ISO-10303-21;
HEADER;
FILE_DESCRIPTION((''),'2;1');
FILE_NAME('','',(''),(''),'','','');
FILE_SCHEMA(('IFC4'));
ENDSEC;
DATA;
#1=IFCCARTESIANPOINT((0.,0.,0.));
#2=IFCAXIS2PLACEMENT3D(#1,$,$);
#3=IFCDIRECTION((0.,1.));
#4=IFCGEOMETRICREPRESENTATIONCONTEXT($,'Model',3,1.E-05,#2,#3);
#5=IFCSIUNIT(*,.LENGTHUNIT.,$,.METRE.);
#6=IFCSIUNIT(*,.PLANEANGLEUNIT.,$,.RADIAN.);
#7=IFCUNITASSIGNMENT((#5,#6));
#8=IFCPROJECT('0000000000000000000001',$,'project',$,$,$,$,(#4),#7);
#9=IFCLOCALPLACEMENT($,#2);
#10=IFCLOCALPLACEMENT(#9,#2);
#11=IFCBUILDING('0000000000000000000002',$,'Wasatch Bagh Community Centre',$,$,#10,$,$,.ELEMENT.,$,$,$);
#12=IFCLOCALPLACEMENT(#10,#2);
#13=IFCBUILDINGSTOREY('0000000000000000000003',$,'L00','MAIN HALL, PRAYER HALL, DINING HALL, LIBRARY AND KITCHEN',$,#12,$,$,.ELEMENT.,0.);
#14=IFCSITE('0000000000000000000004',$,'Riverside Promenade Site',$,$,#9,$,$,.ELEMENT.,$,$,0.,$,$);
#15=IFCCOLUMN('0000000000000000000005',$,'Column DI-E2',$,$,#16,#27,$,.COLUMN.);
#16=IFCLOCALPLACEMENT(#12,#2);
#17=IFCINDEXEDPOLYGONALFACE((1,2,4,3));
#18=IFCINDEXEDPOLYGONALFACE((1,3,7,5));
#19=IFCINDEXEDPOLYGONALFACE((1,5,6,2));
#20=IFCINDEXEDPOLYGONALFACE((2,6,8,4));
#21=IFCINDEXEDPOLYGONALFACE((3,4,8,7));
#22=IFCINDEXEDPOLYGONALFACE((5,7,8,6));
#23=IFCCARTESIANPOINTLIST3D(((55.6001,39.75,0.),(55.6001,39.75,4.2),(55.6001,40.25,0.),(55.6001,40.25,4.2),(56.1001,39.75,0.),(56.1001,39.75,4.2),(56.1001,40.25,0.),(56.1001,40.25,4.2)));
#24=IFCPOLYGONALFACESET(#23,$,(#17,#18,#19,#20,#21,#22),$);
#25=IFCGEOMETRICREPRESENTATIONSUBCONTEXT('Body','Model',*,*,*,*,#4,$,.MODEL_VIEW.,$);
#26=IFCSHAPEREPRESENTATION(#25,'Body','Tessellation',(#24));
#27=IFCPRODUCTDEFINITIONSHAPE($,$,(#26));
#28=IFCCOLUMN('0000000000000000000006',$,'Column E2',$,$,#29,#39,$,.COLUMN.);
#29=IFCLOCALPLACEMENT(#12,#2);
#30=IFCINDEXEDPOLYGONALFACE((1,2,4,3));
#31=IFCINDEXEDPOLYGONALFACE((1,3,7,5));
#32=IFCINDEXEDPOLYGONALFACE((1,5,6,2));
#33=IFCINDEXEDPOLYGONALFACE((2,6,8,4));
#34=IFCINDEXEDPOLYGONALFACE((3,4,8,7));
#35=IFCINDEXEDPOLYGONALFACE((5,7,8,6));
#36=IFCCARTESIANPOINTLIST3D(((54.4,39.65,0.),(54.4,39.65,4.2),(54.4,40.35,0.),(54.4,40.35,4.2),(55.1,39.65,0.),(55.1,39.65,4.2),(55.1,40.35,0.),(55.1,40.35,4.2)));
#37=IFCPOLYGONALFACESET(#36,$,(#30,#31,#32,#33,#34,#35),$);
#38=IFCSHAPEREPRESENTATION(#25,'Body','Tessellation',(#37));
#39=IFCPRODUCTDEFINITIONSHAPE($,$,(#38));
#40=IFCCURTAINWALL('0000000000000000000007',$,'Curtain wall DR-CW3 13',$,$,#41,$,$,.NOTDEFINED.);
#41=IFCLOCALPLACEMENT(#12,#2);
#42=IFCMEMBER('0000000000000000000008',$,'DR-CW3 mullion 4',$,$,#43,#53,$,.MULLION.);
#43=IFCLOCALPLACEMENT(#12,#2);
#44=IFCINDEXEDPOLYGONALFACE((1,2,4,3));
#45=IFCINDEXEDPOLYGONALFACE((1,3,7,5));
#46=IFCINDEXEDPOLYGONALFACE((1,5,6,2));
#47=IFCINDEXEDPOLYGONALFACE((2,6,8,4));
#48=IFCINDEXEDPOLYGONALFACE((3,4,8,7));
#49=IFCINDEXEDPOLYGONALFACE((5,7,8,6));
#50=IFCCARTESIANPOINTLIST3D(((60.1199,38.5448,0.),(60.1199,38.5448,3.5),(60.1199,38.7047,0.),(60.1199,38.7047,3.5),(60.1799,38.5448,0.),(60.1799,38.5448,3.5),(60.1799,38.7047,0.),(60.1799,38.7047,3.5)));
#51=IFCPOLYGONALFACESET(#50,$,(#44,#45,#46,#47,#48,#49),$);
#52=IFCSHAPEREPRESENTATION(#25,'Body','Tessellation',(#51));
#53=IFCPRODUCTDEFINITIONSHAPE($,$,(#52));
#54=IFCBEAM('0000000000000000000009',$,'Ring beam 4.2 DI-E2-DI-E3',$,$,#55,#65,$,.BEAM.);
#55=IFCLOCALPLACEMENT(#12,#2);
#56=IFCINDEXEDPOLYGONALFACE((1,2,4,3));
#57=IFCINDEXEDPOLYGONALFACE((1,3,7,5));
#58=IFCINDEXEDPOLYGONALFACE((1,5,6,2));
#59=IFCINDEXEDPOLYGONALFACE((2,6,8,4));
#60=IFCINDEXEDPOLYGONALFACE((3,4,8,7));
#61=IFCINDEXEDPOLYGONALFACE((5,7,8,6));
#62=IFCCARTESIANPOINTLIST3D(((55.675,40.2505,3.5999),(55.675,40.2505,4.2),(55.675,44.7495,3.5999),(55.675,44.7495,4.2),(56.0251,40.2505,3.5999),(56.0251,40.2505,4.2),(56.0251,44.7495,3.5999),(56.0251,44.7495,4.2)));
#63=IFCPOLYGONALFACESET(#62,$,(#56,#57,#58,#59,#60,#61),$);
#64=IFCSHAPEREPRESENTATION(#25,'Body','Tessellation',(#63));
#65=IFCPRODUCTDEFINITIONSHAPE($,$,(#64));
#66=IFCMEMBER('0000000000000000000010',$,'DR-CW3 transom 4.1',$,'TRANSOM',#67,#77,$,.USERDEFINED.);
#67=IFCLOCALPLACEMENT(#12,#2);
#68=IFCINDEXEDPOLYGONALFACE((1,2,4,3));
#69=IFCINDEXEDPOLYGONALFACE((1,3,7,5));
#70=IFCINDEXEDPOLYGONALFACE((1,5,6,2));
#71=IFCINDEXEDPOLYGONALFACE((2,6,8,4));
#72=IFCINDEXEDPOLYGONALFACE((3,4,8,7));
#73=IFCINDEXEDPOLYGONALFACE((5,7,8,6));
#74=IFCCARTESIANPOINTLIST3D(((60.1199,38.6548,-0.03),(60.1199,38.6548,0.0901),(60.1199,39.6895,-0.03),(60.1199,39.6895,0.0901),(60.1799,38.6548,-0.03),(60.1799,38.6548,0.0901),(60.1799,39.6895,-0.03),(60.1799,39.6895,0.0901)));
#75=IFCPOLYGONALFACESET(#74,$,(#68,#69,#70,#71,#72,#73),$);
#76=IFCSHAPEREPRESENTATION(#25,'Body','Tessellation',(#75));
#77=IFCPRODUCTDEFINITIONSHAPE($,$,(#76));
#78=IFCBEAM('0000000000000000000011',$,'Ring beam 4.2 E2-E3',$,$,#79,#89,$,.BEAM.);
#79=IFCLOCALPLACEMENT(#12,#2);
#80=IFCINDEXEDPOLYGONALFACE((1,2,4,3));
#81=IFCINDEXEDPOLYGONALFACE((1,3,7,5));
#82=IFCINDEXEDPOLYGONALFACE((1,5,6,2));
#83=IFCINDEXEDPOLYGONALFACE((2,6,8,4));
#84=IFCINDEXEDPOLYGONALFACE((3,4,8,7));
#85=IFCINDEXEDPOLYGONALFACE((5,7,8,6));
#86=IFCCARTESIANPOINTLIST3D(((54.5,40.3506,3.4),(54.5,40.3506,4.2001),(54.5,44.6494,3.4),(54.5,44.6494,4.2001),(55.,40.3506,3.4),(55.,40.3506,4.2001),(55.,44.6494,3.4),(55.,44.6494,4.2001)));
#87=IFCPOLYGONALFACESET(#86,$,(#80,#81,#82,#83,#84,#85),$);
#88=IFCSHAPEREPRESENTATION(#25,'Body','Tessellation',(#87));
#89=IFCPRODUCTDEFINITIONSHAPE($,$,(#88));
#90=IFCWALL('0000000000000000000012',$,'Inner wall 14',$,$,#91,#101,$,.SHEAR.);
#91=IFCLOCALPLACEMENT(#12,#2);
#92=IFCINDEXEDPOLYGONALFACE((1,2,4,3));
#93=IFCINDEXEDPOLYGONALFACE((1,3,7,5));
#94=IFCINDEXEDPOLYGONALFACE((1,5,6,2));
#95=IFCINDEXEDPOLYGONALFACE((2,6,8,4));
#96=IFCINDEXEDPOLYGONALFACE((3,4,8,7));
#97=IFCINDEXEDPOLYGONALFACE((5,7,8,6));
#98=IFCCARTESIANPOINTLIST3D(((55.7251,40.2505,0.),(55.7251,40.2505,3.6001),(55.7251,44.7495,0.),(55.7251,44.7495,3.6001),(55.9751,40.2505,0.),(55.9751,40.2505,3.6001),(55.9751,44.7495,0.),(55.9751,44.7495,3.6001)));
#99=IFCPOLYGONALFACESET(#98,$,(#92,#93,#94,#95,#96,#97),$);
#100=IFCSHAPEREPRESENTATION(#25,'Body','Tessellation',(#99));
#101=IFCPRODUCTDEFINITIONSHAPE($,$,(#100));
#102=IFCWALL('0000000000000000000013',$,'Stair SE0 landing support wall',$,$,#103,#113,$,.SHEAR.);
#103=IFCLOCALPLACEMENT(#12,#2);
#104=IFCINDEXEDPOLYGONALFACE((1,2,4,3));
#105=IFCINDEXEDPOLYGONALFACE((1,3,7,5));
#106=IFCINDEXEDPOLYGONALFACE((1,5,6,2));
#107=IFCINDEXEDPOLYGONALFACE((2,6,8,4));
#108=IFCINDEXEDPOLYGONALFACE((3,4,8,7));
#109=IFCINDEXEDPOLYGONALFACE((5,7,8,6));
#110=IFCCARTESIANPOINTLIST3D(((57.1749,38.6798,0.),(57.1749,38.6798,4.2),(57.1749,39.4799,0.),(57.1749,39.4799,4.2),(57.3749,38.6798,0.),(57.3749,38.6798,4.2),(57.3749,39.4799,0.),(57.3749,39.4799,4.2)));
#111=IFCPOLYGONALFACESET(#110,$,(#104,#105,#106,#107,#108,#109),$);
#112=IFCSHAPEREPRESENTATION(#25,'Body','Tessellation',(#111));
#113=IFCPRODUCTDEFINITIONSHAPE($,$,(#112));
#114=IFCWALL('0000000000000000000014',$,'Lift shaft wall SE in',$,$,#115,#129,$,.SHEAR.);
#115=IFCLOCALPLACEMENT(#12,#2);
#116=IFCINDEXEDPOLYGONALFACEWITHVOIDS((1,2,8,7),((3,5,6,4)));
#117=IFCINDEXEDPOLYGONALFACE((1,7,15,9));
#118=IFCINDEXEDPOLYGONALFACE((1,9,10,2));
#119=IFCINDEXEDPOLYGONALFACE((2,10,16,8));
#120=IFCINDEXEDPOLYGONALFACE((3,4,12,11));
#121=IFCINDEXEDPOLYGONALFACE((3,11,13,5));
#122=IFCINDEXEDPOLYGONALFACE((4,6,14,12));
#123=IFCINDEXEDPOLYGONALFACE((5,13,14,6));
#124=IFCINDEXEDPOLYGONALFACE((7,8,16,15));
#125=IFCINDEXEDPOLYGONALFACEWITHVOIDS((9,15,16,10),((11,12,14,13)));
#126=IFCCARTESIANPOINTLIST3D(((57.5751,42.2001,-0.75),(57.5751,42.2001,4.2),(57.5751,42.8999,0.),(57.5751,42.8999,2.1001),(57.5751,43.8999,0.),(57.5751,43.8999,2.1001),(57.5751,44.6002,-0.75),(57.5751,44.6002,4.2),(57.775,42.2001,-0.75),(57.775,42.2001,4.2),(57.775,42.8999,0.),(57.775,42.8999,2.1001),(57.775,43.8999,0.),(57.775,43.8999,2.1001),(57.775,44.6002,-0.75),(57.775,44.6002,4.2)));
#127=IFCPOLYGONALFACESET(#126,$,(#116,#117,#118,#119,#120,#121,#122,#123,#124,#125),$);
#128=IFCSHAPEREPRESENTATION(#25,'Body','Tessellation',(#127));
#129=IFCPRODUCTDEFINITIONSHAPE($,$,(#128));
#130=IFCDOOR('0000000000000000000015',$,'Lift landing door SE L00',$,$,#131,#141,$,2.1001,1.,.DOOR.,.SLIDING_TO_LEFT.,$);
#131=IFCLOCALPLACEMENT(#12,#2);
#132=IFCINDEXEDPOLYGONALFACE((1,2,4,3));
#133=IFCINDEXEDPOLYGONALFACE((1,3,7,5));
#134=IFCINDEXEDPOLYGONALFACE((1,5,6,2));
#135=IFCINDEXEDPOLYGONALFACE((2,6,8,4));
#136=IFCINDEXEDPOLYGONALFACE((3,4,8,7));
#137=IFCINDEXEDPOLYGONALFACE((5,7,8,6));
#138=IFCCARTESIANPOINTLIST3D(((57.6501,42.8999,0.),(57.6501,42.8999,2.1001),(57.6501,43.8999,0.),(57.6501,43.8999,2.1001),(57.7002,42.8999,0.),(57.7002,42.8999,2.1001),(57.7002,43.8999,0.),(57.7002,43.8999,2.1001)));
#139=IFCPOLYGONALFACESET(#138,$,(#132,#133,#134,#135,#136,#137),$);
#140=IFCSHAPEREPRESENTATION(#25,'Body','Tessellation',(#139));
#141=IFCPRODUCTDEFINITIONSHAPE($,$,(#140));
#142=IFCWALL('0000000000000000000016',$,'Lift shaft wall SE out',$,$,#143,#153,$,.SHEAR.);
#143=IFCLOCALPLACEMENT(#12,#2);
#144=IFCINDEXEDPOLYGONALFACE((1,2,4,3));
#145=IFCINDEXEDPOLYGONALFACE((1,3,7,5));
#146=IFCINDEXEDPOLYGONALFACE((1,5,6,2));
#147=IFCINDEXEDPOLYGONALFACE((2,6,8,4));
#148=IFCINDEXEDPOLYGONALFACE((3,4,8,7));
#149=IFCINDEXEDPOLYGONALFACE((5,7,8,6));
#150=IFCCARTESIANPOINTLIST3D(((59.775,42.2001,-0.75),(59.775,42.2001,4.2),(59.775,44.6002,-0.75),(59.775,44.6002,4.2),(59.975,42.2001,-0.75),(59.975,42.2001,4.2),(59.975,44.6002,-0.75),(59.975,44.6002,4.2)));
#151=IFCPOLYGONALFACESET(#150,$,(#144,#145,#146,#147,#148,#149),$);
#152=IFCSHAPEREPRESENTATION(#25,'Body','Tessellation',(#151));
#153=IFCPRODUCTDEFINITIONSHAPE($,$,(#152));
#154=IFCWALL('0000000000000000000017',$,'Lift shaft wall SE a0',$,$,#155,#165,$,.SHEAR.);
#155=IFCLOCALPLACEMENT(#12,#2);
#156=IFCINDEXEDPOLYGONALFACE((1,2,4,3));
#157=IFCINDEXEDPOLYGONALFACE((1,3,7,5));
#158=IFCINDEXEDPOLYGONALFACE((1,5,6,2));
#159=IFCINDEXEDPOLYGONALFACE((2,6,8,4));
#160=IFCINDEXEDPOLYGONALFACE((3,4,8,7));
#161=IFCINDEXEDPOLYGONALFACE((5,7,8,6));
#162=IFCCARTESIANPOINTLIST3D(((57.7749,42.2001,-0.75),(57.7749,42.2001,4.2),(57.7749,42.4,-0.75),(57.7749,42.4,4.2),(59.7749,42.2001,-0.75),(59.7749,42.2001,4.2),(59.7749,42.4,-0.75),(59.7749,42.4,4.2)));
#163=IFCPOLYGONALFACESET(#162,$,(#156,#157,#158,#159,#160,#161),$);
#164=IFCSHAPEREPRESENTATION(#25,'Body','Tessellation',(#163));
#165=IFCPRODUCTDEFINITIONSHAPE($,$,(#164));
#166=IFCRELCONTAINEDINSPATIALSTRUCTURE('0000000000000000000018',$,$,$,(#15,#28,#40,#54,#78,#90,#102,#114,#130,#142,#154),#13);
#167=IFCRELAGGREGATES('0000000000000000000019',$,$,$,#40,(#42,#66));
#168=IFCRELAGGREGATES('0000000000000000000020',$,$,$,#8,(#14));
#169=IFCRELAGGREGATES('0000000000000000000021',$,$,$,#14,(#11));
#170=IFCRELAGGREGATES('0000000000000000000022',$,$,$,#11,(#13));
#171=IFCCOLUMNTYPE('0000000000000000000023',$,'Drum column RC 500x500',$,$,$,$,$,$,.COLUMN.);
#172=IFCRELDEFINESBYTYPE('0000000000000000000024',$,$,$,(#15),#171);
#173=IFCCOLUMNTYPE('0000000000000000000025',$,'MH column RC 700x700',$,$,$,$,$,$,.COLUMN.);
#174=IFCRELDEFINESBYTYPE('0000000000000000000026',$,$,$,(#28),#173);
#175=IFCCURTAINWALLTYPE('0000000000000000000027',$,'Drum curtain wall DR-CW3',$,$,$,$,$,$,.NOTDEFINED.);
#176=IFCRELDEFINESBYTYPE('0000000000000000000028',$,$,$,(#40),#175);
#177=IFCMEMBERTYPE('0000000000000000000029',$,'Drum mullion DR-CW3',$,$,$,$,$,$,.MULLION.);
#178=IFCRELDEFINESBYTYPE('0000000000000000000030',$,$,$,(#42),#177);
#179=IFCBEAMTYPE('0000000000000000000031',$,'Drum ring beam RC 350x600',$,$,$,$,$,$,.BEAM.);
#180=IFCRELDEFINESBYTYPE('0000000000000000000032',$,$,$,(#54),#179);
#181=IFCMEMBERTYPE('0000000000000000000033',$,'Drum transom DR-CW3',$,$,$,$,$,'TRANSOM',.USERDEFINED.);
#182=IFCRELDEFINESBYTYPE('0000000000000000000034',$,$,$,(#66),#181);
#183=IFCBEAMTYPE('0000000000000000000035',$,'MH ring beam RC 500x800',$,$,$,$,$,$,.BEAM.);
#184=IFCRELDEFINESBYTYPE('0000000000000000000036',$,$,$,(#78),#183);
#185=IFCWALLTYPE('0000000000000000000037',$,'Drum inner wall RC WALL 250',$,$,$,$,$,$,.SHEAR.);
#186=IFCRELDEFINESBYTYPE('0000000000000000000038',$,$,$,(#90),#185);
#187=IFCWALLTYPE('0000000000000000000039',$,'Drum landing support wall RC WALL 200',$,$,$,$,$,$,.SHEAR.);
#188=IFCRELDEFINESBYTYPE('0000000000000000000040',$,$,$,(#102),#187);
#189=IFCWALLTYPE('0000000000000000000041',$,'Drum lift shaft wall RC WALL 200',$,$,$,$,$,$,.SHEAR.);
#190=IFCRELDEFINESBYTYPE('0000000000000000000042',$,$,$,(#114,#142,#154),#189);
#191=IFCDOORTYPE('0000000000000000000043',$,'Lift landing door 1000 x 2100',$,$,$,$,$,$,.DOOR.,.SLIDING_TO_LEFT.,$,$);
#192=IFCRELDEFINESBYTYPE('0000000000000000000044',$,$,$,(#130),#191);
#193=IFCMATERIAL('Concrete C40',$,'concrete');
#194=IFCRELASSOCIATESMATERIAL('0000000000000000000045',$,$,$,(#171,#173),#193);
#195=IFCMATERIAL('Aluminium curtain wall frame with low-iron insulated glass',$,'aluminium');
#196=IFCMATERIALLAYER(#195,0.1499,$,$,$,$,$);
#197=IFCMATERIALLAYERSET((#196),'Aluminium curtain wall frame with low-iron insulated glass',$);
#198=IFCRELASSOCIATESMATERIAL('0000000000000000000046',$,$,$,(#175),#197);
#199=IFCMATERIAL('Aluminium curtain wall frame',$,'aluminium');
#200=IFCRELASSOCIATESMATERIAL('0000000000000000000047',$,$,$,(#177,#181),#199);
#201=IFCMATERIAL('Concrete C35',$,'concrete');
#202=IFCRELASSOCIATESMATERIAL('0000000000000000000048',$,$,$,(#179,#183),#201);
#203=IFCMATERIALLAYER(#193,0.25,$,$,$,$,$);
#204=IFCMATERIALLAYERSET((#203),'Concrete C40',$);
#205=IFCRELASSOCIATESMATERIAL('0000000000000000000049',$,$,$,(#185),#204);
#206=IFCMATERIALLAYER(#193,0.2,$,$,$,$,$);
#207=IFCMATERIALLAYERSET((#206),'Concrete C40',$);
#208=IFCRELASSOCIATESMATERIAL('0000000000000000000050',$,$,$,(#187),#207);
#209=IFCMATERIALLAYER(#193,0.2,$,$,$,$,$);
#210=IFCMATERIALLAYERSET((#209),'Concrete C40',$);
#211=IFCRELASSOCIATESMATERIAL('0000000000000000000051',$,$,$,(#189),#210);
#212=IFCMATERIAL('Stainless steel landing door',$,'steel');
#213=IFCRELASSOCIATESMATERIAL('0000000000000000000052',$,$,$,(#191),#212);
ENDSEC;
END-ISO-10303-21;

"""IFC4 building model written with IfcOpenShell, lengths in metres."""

from ifc_helpers import new_model, si_unit, direction, frame, frame_2d, origin, origin_2d, place, context, subcontext, project, spatial, rectangle, extrude, material, layer, layer_set, material_profile, profile_set, type_object, element, fill, aggregate, save


model = new_model("IFC4")

# Units and contexts
model_context = context("Model", 3, precision=1e-05, world=origin(), true_north=direction((0.0, 1.0)))
body_context = subcontext(model_context, "Body", "Model", "MODEL_VIEW")
ifc_project = project(units=[si_unit("LENGTHUNIT", "METRE"), si_unit("PLANEANGLEUNIT", "RADIAN")], contexts=[model_context])

# Site, building, storey
site_placement = place(None, origin())
site = spatial("IfcSite", under=ifc_project, at=site_placement, Name="Riverside Promenade Site", CompositionType="ELEMENT", RefElevation=0.0)
building_placement = place(site_placement, origin())
building = spatial("IfcBuilding", under=site, at=building_placement, Name="Wasatch Bagh Community Centre", CompositionType="ELEMENT")
storey_placement = place(building_placement, origin())
storey = spatial("IfcBuildingStorey", under=building, at=storey_placement, Name="L00", Description="MAIN HALL, PRAYER HALL, DINING HALL, LIBRARY AND KITCHEN", CompositionType="ELEMENT", Elevation=0.0)

# Shared definitions
ifc_material_1 = material(Name="Concrete C35", Category="concrete")

# Columns
ifc_material_2 = material(Name="Concrete C40", Category="concrete")
ifc_material_profile_1 = material_profile(ifc_material_2, rectangle(XDim=0.5, YDim=0.5, at=origin_2d()), Name="RC 500x500")
ifc_profile_set_1 = profile_set([ifc_material_profile_1], Name="Concrete C40")
column_type_1 = type_object("IfcColumnType", Name="Drum column RC 500x500", PredefinedType="COLUMN", material=ifc_profile_set_1)
column_1_placement = place(storey_placement, frame((55.8501, 40.0, 0.0), z_axis=(0.0, 0.0, 1.0), x_axis=(1.0, 0.0, 0.0)))
element("IfcColumn", 1, at=column_1_placement, inside=storey, type_object=column_type_1, Name="Column DI-E2", PredefinedType="COLUMN", context=body_context, shape_type="SweptSolid", body=[
    extrude(rectangle(XDim=0.5, YDim=0.5, at=origin_2d()), origin(), (0.0, 0.0, 1.0), 4.2),
])
ifc_material_profile_2 = material_profile(ifc_material_2, rectangle(XDim=0.7, YDim=0.7, at=origin_2d()), Name="RC 700x700")
ifc_profile_set_2 = profile_set([ifc_material_profile_2], Name="Concrete C40")
column_type_2 = type_object("IfcColumnType", Name="MH column RC 700x700", PredefinedType="COLUMN", material=ifc_profile_set_2)
column_2_placement = place(storey_placement, frame((54.75, 40.0, 0.0), z_axis=(0.0, 0.0, 1.0), x_axis=(1.0, 0.0, 0.0)))
element("IfcColumn", 2, at=column_2_placement, inside=storey, type_object=column_type_2, Name="Column E2", PredefinedType="COLUMN", context=body_context, shape_type="SweptSolid", body=[
    extrude(rectangle(XDim=0.7, YDim=0.7, at=origin_2d()), origin(), (0.0, 0.0, 1.0), 4.2),
])

# Curtain wall, member
ifc_material_3 = material(Name="Aluminium curtain wall frame with low-iron insulated glass", Category="aluminium")
ifc_layer_1 = layer(ifc_material_3, 0.1499)
ifc_layer_set_1 = layer_set([ifc_layer_1], Name="Aluminium curtain wall frame with low-iron insulated glass")
curtain_wall_type = type_object("IfcCurtainWallType", Name="Drum curtain wall DR-CW3", PredefinedType="NOTDEFINED", material=ifc_layer_set_1)
curtain_wall_placement = place(storey_placement, origin())
curtain_wall = element("IfcCurtainWall", 3, at=curtain_wall_placement, inside=storey, type_object=curtain_wall_type, Name="Curtain wall DR-CW3 13", PredefinedType="NOTDEFINED")
ifc_material_4 = material(Name="Aluminium curtain wall frame", Category="aluminium")
ifc_material_profile_3 = material_profile(ifc_material_4, rectangle(XDim=0.0601, YDim=0.1599, at=origin_2d()), Name="Drum mullion DR-CW3")
ifc_profile_set_3 = profile_set([ifc_material_profile_3], Name="Aluminium curtain wall frame")
member_type_1 = type_object("IfcMemberType", Name="Drum mullion DR-CW3", PredefinedType="MULLION", material=ifc_profile_set_3)
member_1_placement = place(storey_placement, frame((60.1499, 38.6248, 0.0), z_axis=(0.0, 0.0, 1.0), x_axis=(-1.0, 0.0, 0.0)))
member_1 = element("IfcMember", 4, at=member_1_placement, type_object=member_type_1, Name="DR-CW3 mullion 4", PredefinedType="MULLION", context=body_context, shape_type="SweptSolid", body=[
    extrude(rectangle(XDim=0.0601, YDim=0.1599, at=origin_2d()), origin(), (0.0, 0.0, 1.0), 3.5),
])

# Beam
ifc_material_profile_4 = material_profile(ifc_material_1, rectangle(XDim=0.3501, YDim=0.6001, at=origin_2d()), Name="RC 350x600")
ifc_profile_set_4 = profile_set([ifc_material_profile_4], Name="Concrete C35")
beam_type_1 = type_object("IfcBeamType", Name="Drum ring beam RC 350x600", PredefinedType="BEAM", material=ifc_profile_set_4)
beam_1_placement = place(storey_placement, frame((55.8501, 40.2505, 3.8999), z_axis=(0.0, 1.0, 0.0), x_axis=(-1.0, 0.0, 0.0)))
element("IfcBeam", 5, at=beam_1_placement, inside=storey, type_object=beam_type_1, Name="Ring beam 4.2 DI-E2-DI-E3", PredefinedType="BEAM", context=body_context, shape_type="SweptSolid", body=[
    extrude(rectangle(XDim=0.3501, YDim=0.6001, at=origin_2d()), origin(), (0.0, 0.0, 1.0), 4.499),
])

# Member
ifc_material_profile_5 = material_profile(ifc_material_4, rectangle(XDim=0.0601, YDim=0.1201, at=origin_2d()), Name="Drum transom DR-CW3")
ifc_profile_set_5 = profile_set([ifc_material_profile_5], Name="Aluminium curtain wall frame")
member_type_2 = type_object("IfcMemberType", Name="Drum transom DR-CW3", ElementType="TRANSOM", PredefinedType="USERDEFINED", material=ifc_profile_set_5)
member_2_placement = place(storey_placement, frame((60.1499, 38.6548, 0.03), z_axis=(0.0, 1.0, 0.0), x_axis=(-1.0, 0.0, 0.0)))
member_2 = element("IfcMember", 6, at=member_2_placement, type_object=member_type_2, Name="DR-CW3 transom 4.1", ObjectType="TRANSOM", PredefinedType="USERDEFINED", context=body_context, shape_type="SweptSolid", body=[
    extrude(rectangle(XDim=0.0601, YDim=0.1201, at=origin_2d()), origin(), (0.0, 0.0, 1.0), 1.0347),
])
aggregate(curtain_wall, [member_1, member_2])

# Beam
ifc_material_profile_6 = material_profile(ifc_material_1, rectangle(XDim=0.5, YDim=0.8, at=origin_2d()), Name="RC 500x800")
ifc_profile_set_6 = profile_set([ifc_material_profile_6], Name="Concrete C35")
beam_type_2 = type_object("IfcBeamType", Name="MH ring beam RC 500x800", PredefinedType="BEAM", material=ifc_profile_set_6)
beam_2_placement = place(storey_placement, frame((54.75, 40.3506, 3.8), z_axis=(0.0, 1.0, 0.0), x_axis=(-1.0, 0.0, 0.0)))
element("IfcBeam", 7, at=beam_2_placement, inside=storey, type_object=beam_type_2, Name="Ring beam 4.2 E2-E3", PredefinedType="BEAM", context=body_context, shape_type="SweptSolid", body=[
    extrude(rectangle(XDim=0.5, YDim=0.8, at=origin_2d()), origin(), (0.0, 0.0, 1.0), 4.2988),
])

# Walls
ifc_layer_2 = layer(ifc_material_2, 0.25)
ifc_layer_set_2 = layer_set([ifc_layer_2], Name="Concrete C40")
wall_type_1 = type_object("IfcWallType", Name="Drum inner wall RC WALL 250", PredefinedType="SHEAR", material=ifc_layer_set_2)
wall_1_placement = place(storey_placement, frame((55.8501, 40.2505, 0.0), z_axis=(0.0, 0.0, 1.0), x_axis=(0.0, 1.0, 0.0)))
element("IfcWall", 8, at=wall_1_placement, inside=storey, type_object=wall_type_1, Name="Inner wall 14", PredefinedType="SHEAR", context=body_context, shape_type="SweptSolid", body=[
    extrude(rectangle(XDim=4.499, YDim=0.25, at=frame_2d((2.2495, 0.0))), origin(), (0.0, 0.0, 1.0), 3.6001),
])
ifc_layer_3 = layer(ifc_material_2, 0.2)
ifc_layer_set_3 = layer_set([ifc_layer_3], Name="Concrete C40")
wall_type_2 = type_object("IfcWallType", Name="Drum landing support wall RC WALL 200", PredefinedType="SHEAR", material=ifc_layer_set_3)
wall_2_placement = place(storey_placement, frame((57.2749, 38.6799, 0.0), z_axis=(0.0, 0.0, 1.0), x_axis=(0.0, 1.0, 0.0)))
element("IfcWall", 9, at=wall_2_placement, inside=storey, type_object=wall_type_2, Name="Stair SE0 landing support wall", PredefinedType="SHEAR", context=body_context, shape_type="SweptSolid", body=[
    extrude(rectangle(XDim=0.8, YDim=0.2, at=frame_2d((0.3999, 0.0))), origin(), (0.0, 0.0, 1.0), 4.2),
])

# Wall, opening, door
ifc_layer_4 = layer(ifc_material_2, 0.2)
ifc_layer_set_4 = layer_set([ifc_layer_4], Name="Concrete C40")
wall_type_3 = type_object("IfcWallType", Name="Drum lift shaft wall RC WALL 200", PredefinedType="SHEAR", material=ifc_layer_set_4)
wall_3_placement = place(storey_placement, frame((57.675, 42.2, -0.75), z_axis=(0.0, 0.0, 1.0), x_axis=(0.0, 1.0, 0.0)))
wall_3 = element("IfcWall", 10, at=wall_3_placement, inside=storey, type_object=wall_type_3, Name="Lift shaft wall SE in", PredefinedType="SHEAR", context=body_context, shape_type="SweptSolid", body=[
    extrude(rectangle(XDim=2.4001, YDim=0.2, at=frame_2d((1.2002, 0.0))), origin(), (0.0, 0.0, 1.0), 4.95),
])
opening_placement = place(wall_3_placement, frame((0.7, 0.0, 0.75)))
opening = element("IfcOpeningElement", 11, at=opening_placement, cuts=wall_3, PredefinedType="OPENING", context=body_context, shape_type="SweptSolid", body=[
    extrude(rectangle(XDim=1.0, YDim=2.1001, at=frame_2d((0.5, 1.05))), frame((0.0, 0.1099, 0.0), z_axis=(0.0, -1.0, 0.0), x_axis=(1.0, 0.0, 0.0)), (0.0, 0.0, 1.0), 0.22),
])
ifc_material_5 = material(Name="Stainless steel landing door", Category="steel")
door_type = type_object("IfcDoorType", Name="Lift landing door 1000 x 2100", OperationType="SLIDING_TO_LEFT", PredefinedType="DOOR", material=ifc_material_5)
door_placement = place(opening_placement, origin())
door = element("IfcDoor", 12, at=door_placement, inside=storey, type_object=door_type, Name="Lift landing door SE L00", OperationType="SLIDING_TO_LEFT", OverallHeight=2.1001, OverallWidth=1.0, PredefinedType="DOOR", context=body_context, shape_type="SweptSolid", body=[
    extrude(rectangle(XDim=1.0, YDim=2.1001, at=frame_2d((0.5, 1.05))), frame((0.0, 0.0249, 0.0), z_axis=(0.0, -1.0, 0.0), x_axis=(1.0, 0.0, 0.0)), (0.0, 0.0, 1.0), 0.05),
])
fill(opening, door)

# Walls
wall_4_placement = place(storey_placement, frame((59.875, 42.2, -0.75), z_axis=(0.0, 0.0, 1.0), x_axis=(0.0, 1.0, 0.0)))
element("IfcWall", 13, at=wall_4_placement, inside=storey, type_object=wall_type_3, Name="Lift shaft wall SE out", PredefinedType="SHEAR", context=body_context, shape_type="SweptSolid", body=[
    extrude(rectangle(XDim=2.4001, YDim=0.2, at=frame_2d((1.2002, 0.0))), origin(), (0.0, 0.0, 1.0), 4.95),
])
wall_5_placement = place(storey_placement, frame((57.7749, 42.3, -0.75), z_axis=(0.0, 0.0, 1.0), x_axis=(1.0, 0.0, 0.0)))
element("IfcWall", 14, at=wall_5_placement, inside=storey, type_object=wall_type_3, Name="Lift shaft wall SE a0", PredefinedType="SHEAR", context=body_context, shape_type="SweptSolid", body=[
    extrude(rectangle(XDim=2.0, YDim=0.2, at=frame_2d((1.0, 0.0))), origin(), (0.0, 0.0, 1.0), 4.95),
])

save(model, "model.ifc")
